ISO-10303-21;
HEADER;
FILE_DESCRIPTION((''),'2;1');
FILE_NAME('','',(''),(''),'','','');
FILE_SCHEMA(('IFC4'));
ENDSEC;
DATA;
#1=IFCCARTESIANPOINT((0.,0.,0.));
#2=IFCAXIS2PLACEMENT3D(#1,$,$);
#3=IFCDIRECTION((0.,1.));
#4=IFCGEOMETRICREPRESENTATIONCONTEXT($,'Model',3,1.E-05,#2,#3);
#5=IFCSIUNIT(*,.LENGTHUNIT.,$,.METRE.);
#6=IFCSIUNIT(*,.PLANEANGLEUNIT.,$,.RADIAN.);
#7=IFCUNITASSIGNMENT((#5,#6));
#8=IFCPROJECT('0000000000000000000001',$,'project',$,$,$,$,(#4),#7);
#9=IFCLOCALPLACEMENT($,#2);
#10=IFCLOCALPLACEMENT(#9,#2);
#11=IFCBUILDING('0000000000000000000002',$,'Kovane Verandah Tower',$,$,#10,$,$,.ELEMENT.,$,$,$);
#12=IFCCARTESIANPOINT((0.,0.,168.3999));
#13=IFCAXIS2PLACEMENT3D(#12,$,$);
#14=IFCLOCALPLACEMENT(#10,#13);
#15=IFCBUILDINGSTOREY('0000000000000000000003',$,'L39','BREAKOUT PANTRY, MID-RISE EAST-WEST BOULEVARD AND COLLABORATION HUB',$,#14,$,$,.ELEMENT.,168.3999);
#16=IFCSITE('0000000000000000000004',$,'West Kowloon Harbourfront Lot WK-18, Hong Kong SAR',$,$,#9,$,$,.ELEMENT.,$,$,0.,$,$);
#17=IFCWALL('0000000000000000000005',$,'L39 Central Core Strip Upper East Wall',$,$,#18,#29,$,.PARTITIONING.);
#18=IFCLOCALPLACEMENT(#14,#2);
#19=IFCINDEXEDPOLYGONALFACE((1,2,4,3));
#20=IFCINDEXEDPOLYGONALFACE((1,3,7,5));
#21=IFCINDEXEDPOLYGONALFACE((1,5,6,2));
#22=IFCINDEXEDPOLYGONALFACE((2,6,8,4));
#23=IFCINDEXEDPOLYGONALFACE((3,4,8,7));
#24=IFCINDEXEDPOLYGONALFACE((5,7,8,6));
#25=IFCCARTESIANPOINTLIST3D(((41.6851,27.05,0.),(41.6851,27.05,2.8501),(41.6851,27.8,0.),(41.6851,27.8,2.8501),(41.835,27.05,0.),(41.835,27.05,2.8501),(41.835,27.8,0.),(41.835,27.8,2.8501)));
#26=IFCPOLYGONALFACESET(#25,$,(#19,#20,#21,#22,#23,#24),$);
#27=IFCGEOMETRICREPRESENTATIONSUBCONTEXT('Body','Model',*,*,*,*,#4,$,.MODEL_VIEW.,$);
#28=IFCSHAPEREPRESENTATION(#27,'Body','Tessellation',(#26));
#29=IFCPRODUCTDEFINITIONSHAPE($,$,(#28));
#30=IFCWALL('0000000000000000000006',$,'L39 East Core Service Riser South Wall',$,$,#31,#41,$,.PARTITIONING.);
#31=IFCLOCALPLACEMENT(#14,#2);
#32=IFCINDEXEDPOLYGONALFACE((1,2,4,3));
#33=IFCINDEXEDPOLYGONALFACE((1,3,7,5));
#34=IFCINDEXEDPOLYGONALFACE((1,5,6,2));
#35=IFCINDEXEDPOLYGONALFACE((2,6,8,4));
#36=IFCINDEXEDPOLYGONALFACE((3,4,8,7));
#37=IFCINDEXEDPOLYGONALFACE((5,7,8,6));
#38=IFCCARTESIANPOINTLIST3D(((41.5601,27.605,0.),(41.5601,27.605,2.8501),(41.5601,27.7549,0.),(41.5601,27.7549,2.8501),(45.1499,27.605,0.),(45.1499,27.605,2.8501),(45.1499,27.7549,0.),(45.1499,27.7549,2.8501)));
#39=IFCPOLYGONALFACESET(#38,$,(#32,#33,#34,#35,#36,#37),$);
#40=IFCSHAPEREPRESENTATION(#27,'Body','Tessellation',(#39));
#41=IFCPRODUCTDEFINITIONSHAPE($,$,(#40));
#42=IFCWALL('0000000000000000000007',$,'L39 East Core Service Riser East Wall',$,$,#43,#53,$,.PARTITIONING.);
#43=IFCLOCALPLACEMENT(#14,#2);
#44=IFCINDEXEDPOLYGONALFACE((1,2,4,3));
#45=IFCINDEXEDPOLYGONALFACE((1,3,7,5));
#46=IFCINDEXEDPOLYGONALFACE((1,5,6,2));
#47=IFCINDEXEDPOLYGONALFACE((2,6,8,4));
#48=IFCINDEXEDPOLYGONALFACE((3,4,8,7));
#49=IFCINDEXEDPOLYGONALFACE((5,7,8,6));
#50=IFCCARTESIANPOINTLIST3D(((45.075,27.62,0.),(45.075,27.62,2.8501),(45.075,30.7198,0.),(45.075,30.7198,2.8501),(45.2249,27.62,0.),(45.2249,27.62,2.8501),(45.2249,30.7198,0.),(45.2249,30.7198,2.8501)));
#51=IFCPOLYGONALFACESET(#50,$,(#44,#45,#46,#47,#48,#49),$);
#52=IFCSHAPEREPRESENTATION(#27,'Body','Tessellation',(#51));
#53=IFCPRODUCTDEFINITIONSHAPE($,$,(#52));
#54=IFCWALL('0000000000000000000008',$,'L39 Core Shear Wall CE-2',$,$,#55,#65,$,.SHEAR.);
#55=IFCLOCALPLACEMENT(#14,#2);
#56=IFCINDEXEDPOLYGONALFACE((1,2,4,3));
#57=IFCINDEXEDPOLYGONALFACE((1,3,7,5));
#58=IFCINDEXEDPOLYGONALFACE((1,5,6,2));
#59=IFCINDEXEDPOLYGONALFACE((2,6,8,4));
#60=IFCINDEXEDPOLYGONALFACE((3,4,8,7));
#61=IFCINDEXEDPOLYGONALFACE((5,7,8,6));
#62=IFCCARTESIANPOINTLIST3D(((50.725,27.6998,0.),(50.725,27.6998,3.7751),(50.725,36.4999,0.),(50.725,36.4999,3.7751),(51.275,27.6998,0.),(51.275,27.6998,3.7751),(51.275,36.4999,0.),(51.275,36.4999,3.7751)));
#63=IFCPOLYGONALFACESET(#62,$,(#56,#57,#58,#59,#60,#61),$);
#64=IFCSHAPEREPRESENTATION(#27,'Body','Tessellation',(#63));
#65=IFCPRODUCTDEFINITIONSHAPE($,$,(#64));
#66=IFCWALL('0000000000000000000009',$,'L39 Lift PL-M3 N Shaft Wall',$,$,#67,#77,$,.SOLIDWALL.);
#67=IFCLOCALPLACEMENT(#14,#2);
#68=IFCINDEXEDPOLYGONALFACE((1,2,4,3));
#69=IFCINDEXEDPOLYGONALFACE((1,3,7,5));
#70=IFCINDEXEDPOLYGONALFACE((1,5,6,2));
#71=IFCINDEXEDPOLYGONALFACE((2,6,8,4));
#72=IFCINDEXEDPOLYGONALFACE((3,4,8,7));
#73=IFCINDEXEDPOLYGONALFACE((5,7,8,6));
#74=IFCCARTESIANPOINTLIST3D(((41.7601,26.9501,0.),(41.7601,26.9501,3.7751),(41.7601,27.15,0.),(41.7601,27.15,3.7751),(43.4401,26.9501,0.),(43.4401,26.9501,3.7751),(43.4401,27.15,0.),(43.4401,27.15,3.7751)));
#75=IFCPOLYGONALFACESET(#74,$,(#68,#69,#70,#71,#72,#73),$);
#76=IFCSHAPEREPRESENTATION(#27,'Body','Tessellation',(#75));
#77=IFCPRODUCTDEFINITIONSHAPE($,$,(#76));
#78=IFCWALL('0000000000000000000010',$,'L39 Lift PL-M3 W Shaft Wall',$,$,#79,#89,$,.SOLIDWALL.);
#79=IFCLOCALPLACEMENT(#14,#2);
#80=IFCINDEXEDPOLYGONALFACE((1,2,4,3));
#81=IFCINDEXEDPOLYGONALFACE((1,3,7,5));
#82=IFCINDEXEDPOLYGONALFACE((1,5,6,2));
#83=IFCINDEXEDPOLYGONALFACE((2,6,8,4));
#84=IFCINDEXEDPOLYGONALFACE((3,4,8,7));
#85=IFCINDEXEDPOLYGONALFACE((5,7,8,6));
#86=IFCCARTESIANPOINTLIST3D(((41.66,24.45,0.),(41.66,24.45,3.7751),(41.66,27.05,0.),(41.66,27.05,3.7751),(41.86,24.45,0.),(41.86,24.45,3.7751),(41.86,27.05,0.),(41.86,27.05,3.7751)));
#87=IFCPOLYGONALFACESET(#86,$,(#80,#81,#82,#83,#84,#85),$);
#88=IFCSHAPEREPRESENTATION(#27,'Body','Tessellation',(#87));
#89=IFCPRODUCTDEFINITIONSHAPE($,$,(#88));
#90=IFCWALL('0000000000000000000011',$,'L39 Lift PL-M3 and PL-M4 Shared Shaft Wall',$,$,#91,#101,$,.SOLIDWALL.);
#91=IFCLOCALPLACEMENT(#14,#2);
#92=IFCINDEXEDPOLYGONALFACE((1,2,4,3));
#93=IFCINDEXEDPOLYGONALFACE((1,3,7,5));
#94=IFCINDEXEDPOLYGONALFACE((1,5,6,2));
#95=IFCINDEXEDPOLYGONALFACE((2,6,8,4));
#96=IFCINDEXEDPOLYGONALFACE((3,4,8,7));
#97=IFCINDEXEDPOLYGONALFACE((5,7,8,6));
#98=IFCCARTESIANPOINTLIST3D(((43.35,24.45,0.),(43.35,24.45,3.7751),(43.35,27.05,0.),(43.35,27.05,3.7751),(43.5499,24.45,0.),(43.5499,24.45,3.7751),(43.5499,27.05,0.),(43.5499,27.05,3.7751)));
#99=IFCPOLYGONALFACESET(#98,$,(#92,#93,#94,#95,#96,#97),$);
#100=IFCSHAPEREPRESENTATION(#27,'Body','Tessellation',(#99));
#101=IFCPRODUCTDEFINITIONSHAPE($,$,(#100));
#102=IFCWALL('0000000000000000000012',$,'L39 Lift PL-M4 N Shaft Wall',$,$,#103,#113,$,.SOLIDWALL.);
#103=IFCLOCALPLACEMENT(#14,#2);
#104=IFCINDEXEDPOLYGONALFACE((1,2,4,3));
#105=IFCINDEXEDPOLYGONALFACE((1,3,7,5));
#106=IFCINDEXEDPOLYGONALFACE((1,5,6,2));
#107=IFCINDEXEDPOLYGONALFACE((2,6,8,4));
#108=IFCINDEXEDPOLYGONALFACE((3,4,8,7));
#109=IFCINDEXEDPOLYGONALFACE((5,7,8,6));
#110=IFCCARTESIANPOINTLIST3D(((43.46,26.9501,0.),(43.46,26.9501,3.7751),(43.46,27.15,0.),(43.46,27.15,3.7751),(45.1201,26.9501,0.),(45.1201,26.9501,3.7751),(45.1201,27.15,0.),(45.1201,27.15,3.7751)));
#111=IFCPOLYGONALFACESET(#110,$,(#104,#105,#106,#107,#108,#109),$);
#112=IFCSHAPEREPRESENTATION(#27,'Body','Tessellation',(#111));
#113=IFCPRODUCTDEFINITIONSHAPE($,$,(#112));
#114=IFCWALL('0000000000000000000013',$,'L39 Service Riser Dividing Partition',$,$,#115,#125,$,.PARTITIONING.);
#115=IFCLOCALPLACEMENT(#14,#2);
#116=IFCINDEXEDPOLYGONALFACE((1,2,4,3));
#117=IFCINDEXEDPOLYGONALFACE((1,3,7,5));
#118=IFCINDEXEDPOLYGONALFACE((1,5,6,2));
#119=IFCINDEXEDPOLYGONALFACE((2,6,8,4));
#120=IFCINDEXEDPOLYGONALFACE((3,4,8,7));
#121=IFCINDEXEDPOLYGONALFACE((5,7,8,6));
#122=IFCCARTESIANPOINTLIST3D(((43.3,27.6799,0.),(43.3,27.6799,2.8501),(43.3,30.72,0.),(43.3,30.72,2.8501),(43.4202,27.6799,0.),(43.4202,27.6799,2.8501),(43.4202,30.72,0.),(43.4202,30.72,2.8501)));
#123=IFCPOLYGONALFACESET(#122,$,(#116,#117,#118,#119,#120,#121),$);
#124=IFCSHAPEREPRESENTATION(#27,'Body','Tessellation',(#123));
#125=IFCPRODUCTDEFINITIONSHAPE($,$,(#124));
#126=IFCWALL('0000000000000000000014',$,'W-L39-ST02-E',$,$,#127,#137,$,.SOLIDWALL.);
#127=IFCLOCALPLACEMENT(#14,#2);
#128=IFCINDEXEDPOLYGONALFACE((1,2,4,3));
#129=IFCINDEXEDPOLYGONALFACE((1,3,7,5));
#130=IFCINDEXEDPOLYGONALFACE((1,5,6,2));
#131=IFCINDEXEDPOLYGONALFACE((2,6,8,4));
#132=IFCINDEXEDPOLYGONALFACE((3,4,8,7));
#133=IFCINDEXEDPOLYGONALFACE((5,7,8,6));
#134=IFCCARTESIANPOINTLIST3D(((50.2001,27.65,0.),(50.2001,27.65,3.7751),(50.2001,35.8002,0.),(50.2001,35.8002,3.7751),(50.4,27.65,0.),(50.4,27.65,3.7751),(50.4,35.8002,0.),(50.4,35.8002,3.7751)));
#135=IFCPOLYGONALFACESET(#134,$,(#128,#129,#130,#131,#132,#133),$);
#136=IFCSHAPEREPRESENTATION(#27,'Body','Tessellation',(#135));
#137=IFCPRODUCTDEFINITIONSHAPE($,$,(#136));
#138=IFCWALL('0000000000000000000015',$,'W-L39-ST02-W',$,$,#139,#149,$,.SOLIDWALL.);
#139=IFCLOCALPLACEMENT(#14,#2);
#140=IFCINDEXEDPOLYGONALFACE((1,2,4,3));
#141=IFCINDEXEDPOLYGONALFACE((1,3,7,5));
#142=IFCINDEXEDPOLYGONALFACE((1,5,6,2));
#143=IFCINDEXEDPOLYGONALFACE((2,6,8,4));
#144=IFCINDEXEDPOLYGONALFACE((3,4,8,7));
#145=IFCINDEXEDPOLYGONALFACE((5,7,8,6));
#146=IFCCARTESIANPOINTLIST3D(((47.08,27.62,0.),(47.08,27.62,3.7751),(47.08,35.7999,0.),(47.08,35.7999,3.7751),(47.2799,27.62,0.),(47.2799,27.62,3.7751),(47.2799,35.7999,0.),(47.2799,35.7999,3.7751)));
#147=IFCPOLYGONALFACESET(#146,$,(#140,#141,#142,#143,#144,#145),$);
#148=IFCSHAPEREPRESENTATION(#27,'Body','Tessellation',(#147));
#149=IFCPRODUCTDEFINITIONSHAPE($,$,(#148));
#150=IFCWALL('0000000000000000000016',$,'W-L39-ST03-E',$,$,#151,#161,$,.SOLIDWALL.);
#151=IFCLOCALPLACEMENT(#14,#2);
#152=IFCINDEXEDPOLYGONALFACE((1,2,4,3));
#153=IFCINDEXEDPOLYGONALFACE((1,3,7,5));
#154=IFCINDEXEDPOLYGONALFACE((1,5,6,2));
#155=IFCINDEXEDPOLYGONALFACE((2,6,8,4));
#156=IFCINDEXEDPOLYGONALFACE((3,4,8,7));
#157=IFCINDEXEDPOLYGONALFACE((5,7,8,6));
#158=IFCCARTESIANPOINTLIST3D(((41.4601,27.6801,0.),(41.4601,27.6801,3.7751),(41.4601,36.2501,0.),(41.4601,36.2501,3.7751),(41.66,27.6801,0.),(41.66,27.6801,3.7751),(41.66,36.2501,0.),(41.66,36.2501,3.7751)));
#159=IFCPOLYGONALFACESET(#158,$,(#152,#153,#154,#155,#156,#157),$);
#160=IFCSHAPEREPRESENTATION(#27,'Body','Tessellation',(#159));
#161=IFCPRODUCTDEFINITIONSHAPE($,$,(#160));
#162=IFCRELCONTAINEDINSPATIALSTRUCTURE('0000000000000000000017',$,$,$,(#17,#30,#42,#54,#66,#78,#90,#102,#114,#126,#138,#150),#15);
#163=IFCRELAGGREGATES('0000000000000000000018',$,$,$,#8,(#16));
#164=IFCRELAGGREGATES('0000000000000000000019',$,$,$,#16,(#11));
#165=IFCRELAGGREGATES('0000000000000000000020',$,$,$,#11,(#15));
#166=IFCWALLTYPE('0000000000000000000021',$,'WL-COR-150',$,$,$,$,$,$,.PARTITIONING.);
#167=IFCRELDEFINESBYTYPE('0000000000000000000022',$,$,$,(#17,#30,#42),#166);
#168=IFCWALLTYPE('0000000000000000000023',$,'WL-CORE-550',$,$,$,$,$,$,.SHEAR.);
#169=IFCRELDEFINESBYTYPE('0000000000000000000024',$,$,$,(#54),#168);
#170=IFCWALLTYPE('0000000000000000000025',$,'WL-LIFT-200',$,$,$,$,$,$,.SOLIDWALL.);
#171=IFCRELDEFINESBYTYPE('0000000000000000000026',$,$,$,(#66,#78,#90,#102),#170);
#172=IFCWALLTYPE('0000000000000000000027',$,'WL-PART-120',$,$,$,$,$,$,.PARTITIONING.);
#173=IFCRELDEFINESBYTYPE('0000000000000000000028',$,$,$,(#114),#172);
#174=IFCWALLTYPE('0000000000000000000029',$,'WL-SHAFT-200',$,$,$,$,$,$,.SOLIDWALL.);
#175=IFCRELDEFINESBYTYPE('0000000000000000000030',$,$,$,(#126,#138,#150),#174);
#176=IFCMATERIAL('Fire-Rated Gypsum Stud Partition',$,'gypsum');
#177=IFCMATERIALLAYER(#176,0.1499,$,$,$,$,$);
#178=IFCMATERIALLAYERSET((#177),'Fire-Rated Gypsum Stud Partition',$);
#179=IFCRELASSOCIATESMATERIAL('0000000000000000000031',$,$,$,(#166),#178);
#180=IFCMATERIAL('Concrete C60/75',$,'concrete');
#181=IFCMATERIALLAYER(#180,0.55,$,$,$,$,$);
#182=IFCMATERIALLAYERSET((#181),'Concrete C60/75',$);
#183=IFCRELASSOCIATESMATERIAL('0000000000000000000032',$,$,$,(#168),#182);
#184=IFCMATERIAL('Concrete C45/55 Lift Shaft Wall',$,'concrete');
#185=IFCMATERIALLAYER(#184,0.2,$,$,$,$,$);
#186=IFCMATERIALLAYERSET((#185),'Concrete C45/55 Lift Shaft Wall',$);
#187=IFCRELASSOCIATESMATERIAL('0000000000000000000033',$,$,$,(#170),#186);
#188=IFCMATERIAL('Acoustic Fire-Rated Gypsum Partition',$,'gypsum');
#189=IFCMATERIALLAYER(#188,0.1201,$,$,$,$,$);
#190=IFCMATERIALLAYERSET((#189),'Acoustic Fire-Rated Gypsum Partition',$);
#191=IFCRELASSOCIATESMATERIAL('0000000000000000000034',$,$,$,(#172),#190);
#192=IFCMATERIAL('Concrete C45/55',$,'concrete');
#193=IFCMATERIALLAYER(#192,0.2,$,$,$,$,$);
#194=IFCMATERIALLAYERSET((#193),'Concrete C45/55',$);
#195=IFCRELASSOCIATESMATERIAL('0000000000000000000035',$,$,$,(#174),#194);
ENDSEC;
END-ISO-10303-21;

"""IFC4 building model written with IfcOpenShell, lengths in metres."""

from ifc_helpers import new_model, si_unit, direction, frame, frame_2d, origin, place, context, subcontext, project, spatial, rectangle, extrude, material, layer, layer_set, type_object, element, save


model = new_model("IFC4")

# Units and contexts
model_context = context("Model", 3, precision=1e-05, world=origin(), true_north=direction((0.0, 1.0)))
body_context = subcontext(model_context, "Body", "Model", "MODEL_VIEW")
ifc_project = project(units=[si_unit("LENGTHUNIT", "METRE"), si_unit("PLANEANGLEUNIT", "RADIAN")], contexts=[model_context])

# Site, building, storey
site_placement = place(None, origin())
site = spatial("IfcSite", under=ifc_project, at=site_placement, Name="West Kowloon Harbourfront Lot WK-18, Hong Kong SAR", CompositionType="ELEMENT", RefElevation=0.0)
building_placement = place(site_placement, origin())
building = spatial("IfcBuilding", under=site, at=building_placement, Name="Kovane Verandah Tower", CompositionType="ELEMENT")
storey_placement = place(building_placement, frame((0.0, 0.0, 168.3999)))
storey = spatial("IfcBuildingStorey", under=building, at=storey_placement, Name="L39", Description="BREAKOUT PANTRY, MID-RISE EAST-WEST BOULEVARD AND COLLABORATION HUB", CompositionType="ELEMENT", Elevation=168.3999)

# Walls
ifc_material_1 = material(Name="Fire-Rated Gypsum Stud Partition", Category="gypsum")
ifc_layer_1 = layer(ifc_material_1, 0.1499)
ifc_layer_set_1 = layer_set([ifc_layer_1], Name="Fire-Rated Gypsum Stud Partition")
wall_type_1 = type_object("IfcWallType", Name="WL-COR-150", PredefinedType="PARTITIONING", material=ifc_layer_set_1)
wall_1_placement = place(storey_placement, frame((41.76, 27.05, 0.0), z_axis=(0.0, 0.0, 1.0), x_axis=(0.0, 1.0, 0.0)))
element("IfcWall", 1, at=wall_1_placement, inside=storey, type_object=wall_type_1, Name="L39 Central Core Strip Upper East Wall", PredefinedType="PARTITIONING", context=body_context, shape_type="SweptSolid", body=[
    extrude(rectangle(XDim=0.75, YDim=0.1499, at=frame_2d((0.375, 0.0))), origin(), (0.0, 0.0, 1.0), 2.8501),
])
wall_2_placement = place(storey_placement, frame((41.5601, 27.6799, 0.0), z_axis=(0.0, 0.0, 1.0), x_axis=(1.0, 0.0, 0.0)))
element("IfcWall", 2, at=wall_2_placement, inside=storey, type_object=wall_type_1, Name="L39 East Core Service Riser South Wall", PredefinedType="PARTITIONING", context=body_context, shape_type="SweptSolid", body=[
    extrude(rectangle(XDim=3.5898, YDim=0.1499, at=frame_2d((1.7949, 0.0))), origin(), (0.0, 0.0, 1.0), 2.8501),
])
wall_3_placement = place(storey_placement, frame((45.1499, 27.6201, 0.0), z_axis=(0.0, 0.0, 1.0), x_axis=(0.0, 1.0, 0.0)))
element("IfcWall", 3, at=wall_3_placement, inside=storey, type_object=wall_type_1, Name="L39 East Core Service Riser East Wall", PredefinedType="PARTITIONING", context=body_context, shape_type="SweptSolid", body=[
    extrude(rectangle(XDim=3.0999, YDim=0.1499, at=frame_2d((1.5498, 0.0))), origin(), (0.0, 0.0, 1.0), 2.8501),
])
ifc_material_2 = material(Name="Concrete C60/75", Category="concrete")
ifc_layer_2 = layer(ifc_material_2, 0.55)
ifc_layer_set_2 = layer_set([ifc_layer_2], Name="Concrete C60/75")
wall_type_2 = type_object("IfcWallType", Name="WL-CORE-550", PredefinedType="SHEAR", material=ifc_layer_set_2)
wall_4_placement = place(storey_placement, frame((51.0, 27.7, 0.0), z_axis=(0.0, 0.0, 1.0), x_axis=(0.0, 1.0, 0.0)))
element("IfcWall", 4, at=wall_4_placement, inside=storey, type_object=wall_type_2, Name="L39 Core Shear Wall CE-2", PredefinedType="SHEAR", context=body_context, shape_type="SweptSolid", body=[
    extrude(rectangle(XDim=8.8, YDim=0.55, at=frame_2d((4.3999, 0.0))), origin(), (0.0, 0.0, 1.0), 3.7751),
])

# Shared definitions
ifc_material_3 = material(Name="Concrete C45/55 Lift Shaft Wall", Category="concrete")
ifc_layer_3 = layer(ifc_material_3, 0.2)
ifc_layer_set_3 = layer_set([ifc_layer_3], Name="Concrete C45/55 Lift Shaft Wall")
wall_type_3 = type_object("IfcWallType", Name="WL-LIFT-200", PredefinedType="SOLIDWALL", material=ifc_layer_set_3)

# Walls
wall_5_placement = place(storey_placement, frame((43.4399, 27.05, 0.0), z_axis=(0.0, 0.0, 1.0), x_axis=(-1.0, 0.0, 0.0)))
element("IfcWall", 5, at=wall_5_placement, inside=storey, type_object=wall_type_3, Name="L39 Lift PL-M3 N Shaft Wall", PredefinedType="SOLIDWALL", context=body_context, shape_type="SweptSolid", body=[
    extrude(rectangle(XDim=1.6799, YDim=0.2, at=frame_2d((0.8398, 0.0))), origin(), (0.0, 0.0, 1.0), 3.7751),
])
for number, where, z_axis, x_axis, name in (
    (6, (41.76, 27.05, 0.0), (0.0, 0.0, 1.0), (0.0, -1.0, 0.0), "L39 Lift PL-M3 W Shaft Wall"),
    (7, (43.45, 24.45, 0.0), (0.0, 0.0, 1.0), (0.0, 1.0, 0.0), "L39 Lift PL-M3 and PL-M4 Shared Shaft Wall"),
):
    element("IfcWall", number, at=place(storey_placement, frame(where, z_axis=z_axis, x_axis=x_axis)), inside=storey, type_object=wall_type_3, Name=name, PredefinedType="SOLIDWALL", context=body_context, shape_type="SweptSolid", body=[
        extrude(rectangle(XDim=2.6001, YDim=0.2, at=frame_2d((1.3, 0.0))), origin(), (0.0, 0.0, 1.0), 3.7751),
    ])

# Walls
wall_6_placement = place(storey_placement, frame((45.1201, 27.05, 0.0), z_axis=(0.0, 0.0, 1.0), x_axis=(-1.0, 0.0, 0.0)))
element("IfcWall", 8, at=wall_6_placement, inside=storey, type_object=wall_type_3, Name="L39 Lift PL-M4 N Shaft Wall", PredefinedType="SOLIDWALL", context=body_context, shape_type="SweptSolid", body=[
    extrude(rectangle(XDim=1.6602, YDim=0.2, at=frame_2d((0.8301, 0.0))), origin(), (0.0, 0.0, 1.0), 3.7751),
])
ifc_material_4 = material(Name="Acoustic Fire-Rated Gypsum Partition", Category="gypsum")
ifc_layer_4 = layer(ifc_material_4, 0.1201)
ifc_layer_set_4 = layer_set([ifc_layer_4], Name="Acoustic Fire-Rated Gypsum Partition")
wall_type_4 = type_object("IfcWallType", Name="WL-PART-120", PredefinedType="PARTITIONING", material=ifc_layer_set_4)
wall_7_placement = place(storey_placement, frame((43.3601, 27.6799, 0.0), z_axis=(0.0, 0.0, 1.0), x_axis=(0.0, 1.0, 0.0)))
element("IfcWall", 9, at=wall_7_placement, inside=storey, type_object=wall_type_4, Name="L39 Service Riser Dividing Partition", PredefinedType="PARTITIONING", context=body_context, shape_type="SweptSolid", body=[
    extrude(rectangle(XDim=3.04, YDim=0.1201, at=frame_2d((1.52, 0.0))), origin(), (0.0, 0.0, 1.0), 2.8501),
])
ifc_material_5 = material(Name="Concrete C45/55", Category="concrete")
ifc_layer_5 = layer(ifc_material_5, 0.2)
ifc_layer_set_5 = layer_set([ifc_layer_5], Name="Concrete C45/55")
wall_type_5 = type_object("IfcWallType", Name="WL-SHAFT-200", PredefinedType="SOLIDWALL", material=ifc_layer_set_5)
wall_8_placement = place(storey_placement, frame((50.3, 27.6499, 0.0), z_axis=(0.0, 0.0, 1.0), x_axis=(0.0, 1.0, 0.0)))
element("IfcWall", 10, at=wall_8_placement, inside=storey, type_object=wall_type_5, Name="W-L39-ST02-E", PredefinedType="SOLIDWALL", context=body_context, shape_type="SweptSolid", body=[
    extrude(rectangle(XDim=8.1501, YDim=0.2, at=frame_2d((4.0752, 0.0))), origin(), (0.0, 0.0, 1.0), 3.7751),
])
wall_9_placement = place(storey_placement, frame((47.1799, 27.6201, 0.0), z_axis=(0.0, 0.0, 1.0), x_axis=(0.0, 1.0, 0.0)))
element("IfcWall", 11, at=wall_9_placement, inside=storey, type_object=wall_type_5, Name="W-L39-ST02-W", PredefinedType="SOLIDWALL", context=body_context, shape_type="SweptSolid", body=[
    extrude(rectangle(XDim=8.1799, YDim=0.2, at=frame_2d((4.0898, 0.0))), origin(), (0.0, 0.0, 1.0), 3.7751),
])

# Wall
wall_10_placement = place(storey_placement, frame((41.5601, 27.6799, 0.0), z_axis=(0.0, 0.0, 1.0), x_axis=(0.0, 1.0, 0.0)))
element("IfcWall", 12, at=wall_10_placement, inside=storey, type_object=wall_type_5, Name="W-L39-ST03-E", PredefinedType="SOLIDWALL", context=body_context, shape_type="SweptSolid", body=[
    extrude(rectangle(XDim=8.5701, YDim=0.2, at=frame_2d((4.2852, 0.0))), origin(), (0.0, 0.0, 1.0), 3.7751),
])

save(model, "model.ifc")
